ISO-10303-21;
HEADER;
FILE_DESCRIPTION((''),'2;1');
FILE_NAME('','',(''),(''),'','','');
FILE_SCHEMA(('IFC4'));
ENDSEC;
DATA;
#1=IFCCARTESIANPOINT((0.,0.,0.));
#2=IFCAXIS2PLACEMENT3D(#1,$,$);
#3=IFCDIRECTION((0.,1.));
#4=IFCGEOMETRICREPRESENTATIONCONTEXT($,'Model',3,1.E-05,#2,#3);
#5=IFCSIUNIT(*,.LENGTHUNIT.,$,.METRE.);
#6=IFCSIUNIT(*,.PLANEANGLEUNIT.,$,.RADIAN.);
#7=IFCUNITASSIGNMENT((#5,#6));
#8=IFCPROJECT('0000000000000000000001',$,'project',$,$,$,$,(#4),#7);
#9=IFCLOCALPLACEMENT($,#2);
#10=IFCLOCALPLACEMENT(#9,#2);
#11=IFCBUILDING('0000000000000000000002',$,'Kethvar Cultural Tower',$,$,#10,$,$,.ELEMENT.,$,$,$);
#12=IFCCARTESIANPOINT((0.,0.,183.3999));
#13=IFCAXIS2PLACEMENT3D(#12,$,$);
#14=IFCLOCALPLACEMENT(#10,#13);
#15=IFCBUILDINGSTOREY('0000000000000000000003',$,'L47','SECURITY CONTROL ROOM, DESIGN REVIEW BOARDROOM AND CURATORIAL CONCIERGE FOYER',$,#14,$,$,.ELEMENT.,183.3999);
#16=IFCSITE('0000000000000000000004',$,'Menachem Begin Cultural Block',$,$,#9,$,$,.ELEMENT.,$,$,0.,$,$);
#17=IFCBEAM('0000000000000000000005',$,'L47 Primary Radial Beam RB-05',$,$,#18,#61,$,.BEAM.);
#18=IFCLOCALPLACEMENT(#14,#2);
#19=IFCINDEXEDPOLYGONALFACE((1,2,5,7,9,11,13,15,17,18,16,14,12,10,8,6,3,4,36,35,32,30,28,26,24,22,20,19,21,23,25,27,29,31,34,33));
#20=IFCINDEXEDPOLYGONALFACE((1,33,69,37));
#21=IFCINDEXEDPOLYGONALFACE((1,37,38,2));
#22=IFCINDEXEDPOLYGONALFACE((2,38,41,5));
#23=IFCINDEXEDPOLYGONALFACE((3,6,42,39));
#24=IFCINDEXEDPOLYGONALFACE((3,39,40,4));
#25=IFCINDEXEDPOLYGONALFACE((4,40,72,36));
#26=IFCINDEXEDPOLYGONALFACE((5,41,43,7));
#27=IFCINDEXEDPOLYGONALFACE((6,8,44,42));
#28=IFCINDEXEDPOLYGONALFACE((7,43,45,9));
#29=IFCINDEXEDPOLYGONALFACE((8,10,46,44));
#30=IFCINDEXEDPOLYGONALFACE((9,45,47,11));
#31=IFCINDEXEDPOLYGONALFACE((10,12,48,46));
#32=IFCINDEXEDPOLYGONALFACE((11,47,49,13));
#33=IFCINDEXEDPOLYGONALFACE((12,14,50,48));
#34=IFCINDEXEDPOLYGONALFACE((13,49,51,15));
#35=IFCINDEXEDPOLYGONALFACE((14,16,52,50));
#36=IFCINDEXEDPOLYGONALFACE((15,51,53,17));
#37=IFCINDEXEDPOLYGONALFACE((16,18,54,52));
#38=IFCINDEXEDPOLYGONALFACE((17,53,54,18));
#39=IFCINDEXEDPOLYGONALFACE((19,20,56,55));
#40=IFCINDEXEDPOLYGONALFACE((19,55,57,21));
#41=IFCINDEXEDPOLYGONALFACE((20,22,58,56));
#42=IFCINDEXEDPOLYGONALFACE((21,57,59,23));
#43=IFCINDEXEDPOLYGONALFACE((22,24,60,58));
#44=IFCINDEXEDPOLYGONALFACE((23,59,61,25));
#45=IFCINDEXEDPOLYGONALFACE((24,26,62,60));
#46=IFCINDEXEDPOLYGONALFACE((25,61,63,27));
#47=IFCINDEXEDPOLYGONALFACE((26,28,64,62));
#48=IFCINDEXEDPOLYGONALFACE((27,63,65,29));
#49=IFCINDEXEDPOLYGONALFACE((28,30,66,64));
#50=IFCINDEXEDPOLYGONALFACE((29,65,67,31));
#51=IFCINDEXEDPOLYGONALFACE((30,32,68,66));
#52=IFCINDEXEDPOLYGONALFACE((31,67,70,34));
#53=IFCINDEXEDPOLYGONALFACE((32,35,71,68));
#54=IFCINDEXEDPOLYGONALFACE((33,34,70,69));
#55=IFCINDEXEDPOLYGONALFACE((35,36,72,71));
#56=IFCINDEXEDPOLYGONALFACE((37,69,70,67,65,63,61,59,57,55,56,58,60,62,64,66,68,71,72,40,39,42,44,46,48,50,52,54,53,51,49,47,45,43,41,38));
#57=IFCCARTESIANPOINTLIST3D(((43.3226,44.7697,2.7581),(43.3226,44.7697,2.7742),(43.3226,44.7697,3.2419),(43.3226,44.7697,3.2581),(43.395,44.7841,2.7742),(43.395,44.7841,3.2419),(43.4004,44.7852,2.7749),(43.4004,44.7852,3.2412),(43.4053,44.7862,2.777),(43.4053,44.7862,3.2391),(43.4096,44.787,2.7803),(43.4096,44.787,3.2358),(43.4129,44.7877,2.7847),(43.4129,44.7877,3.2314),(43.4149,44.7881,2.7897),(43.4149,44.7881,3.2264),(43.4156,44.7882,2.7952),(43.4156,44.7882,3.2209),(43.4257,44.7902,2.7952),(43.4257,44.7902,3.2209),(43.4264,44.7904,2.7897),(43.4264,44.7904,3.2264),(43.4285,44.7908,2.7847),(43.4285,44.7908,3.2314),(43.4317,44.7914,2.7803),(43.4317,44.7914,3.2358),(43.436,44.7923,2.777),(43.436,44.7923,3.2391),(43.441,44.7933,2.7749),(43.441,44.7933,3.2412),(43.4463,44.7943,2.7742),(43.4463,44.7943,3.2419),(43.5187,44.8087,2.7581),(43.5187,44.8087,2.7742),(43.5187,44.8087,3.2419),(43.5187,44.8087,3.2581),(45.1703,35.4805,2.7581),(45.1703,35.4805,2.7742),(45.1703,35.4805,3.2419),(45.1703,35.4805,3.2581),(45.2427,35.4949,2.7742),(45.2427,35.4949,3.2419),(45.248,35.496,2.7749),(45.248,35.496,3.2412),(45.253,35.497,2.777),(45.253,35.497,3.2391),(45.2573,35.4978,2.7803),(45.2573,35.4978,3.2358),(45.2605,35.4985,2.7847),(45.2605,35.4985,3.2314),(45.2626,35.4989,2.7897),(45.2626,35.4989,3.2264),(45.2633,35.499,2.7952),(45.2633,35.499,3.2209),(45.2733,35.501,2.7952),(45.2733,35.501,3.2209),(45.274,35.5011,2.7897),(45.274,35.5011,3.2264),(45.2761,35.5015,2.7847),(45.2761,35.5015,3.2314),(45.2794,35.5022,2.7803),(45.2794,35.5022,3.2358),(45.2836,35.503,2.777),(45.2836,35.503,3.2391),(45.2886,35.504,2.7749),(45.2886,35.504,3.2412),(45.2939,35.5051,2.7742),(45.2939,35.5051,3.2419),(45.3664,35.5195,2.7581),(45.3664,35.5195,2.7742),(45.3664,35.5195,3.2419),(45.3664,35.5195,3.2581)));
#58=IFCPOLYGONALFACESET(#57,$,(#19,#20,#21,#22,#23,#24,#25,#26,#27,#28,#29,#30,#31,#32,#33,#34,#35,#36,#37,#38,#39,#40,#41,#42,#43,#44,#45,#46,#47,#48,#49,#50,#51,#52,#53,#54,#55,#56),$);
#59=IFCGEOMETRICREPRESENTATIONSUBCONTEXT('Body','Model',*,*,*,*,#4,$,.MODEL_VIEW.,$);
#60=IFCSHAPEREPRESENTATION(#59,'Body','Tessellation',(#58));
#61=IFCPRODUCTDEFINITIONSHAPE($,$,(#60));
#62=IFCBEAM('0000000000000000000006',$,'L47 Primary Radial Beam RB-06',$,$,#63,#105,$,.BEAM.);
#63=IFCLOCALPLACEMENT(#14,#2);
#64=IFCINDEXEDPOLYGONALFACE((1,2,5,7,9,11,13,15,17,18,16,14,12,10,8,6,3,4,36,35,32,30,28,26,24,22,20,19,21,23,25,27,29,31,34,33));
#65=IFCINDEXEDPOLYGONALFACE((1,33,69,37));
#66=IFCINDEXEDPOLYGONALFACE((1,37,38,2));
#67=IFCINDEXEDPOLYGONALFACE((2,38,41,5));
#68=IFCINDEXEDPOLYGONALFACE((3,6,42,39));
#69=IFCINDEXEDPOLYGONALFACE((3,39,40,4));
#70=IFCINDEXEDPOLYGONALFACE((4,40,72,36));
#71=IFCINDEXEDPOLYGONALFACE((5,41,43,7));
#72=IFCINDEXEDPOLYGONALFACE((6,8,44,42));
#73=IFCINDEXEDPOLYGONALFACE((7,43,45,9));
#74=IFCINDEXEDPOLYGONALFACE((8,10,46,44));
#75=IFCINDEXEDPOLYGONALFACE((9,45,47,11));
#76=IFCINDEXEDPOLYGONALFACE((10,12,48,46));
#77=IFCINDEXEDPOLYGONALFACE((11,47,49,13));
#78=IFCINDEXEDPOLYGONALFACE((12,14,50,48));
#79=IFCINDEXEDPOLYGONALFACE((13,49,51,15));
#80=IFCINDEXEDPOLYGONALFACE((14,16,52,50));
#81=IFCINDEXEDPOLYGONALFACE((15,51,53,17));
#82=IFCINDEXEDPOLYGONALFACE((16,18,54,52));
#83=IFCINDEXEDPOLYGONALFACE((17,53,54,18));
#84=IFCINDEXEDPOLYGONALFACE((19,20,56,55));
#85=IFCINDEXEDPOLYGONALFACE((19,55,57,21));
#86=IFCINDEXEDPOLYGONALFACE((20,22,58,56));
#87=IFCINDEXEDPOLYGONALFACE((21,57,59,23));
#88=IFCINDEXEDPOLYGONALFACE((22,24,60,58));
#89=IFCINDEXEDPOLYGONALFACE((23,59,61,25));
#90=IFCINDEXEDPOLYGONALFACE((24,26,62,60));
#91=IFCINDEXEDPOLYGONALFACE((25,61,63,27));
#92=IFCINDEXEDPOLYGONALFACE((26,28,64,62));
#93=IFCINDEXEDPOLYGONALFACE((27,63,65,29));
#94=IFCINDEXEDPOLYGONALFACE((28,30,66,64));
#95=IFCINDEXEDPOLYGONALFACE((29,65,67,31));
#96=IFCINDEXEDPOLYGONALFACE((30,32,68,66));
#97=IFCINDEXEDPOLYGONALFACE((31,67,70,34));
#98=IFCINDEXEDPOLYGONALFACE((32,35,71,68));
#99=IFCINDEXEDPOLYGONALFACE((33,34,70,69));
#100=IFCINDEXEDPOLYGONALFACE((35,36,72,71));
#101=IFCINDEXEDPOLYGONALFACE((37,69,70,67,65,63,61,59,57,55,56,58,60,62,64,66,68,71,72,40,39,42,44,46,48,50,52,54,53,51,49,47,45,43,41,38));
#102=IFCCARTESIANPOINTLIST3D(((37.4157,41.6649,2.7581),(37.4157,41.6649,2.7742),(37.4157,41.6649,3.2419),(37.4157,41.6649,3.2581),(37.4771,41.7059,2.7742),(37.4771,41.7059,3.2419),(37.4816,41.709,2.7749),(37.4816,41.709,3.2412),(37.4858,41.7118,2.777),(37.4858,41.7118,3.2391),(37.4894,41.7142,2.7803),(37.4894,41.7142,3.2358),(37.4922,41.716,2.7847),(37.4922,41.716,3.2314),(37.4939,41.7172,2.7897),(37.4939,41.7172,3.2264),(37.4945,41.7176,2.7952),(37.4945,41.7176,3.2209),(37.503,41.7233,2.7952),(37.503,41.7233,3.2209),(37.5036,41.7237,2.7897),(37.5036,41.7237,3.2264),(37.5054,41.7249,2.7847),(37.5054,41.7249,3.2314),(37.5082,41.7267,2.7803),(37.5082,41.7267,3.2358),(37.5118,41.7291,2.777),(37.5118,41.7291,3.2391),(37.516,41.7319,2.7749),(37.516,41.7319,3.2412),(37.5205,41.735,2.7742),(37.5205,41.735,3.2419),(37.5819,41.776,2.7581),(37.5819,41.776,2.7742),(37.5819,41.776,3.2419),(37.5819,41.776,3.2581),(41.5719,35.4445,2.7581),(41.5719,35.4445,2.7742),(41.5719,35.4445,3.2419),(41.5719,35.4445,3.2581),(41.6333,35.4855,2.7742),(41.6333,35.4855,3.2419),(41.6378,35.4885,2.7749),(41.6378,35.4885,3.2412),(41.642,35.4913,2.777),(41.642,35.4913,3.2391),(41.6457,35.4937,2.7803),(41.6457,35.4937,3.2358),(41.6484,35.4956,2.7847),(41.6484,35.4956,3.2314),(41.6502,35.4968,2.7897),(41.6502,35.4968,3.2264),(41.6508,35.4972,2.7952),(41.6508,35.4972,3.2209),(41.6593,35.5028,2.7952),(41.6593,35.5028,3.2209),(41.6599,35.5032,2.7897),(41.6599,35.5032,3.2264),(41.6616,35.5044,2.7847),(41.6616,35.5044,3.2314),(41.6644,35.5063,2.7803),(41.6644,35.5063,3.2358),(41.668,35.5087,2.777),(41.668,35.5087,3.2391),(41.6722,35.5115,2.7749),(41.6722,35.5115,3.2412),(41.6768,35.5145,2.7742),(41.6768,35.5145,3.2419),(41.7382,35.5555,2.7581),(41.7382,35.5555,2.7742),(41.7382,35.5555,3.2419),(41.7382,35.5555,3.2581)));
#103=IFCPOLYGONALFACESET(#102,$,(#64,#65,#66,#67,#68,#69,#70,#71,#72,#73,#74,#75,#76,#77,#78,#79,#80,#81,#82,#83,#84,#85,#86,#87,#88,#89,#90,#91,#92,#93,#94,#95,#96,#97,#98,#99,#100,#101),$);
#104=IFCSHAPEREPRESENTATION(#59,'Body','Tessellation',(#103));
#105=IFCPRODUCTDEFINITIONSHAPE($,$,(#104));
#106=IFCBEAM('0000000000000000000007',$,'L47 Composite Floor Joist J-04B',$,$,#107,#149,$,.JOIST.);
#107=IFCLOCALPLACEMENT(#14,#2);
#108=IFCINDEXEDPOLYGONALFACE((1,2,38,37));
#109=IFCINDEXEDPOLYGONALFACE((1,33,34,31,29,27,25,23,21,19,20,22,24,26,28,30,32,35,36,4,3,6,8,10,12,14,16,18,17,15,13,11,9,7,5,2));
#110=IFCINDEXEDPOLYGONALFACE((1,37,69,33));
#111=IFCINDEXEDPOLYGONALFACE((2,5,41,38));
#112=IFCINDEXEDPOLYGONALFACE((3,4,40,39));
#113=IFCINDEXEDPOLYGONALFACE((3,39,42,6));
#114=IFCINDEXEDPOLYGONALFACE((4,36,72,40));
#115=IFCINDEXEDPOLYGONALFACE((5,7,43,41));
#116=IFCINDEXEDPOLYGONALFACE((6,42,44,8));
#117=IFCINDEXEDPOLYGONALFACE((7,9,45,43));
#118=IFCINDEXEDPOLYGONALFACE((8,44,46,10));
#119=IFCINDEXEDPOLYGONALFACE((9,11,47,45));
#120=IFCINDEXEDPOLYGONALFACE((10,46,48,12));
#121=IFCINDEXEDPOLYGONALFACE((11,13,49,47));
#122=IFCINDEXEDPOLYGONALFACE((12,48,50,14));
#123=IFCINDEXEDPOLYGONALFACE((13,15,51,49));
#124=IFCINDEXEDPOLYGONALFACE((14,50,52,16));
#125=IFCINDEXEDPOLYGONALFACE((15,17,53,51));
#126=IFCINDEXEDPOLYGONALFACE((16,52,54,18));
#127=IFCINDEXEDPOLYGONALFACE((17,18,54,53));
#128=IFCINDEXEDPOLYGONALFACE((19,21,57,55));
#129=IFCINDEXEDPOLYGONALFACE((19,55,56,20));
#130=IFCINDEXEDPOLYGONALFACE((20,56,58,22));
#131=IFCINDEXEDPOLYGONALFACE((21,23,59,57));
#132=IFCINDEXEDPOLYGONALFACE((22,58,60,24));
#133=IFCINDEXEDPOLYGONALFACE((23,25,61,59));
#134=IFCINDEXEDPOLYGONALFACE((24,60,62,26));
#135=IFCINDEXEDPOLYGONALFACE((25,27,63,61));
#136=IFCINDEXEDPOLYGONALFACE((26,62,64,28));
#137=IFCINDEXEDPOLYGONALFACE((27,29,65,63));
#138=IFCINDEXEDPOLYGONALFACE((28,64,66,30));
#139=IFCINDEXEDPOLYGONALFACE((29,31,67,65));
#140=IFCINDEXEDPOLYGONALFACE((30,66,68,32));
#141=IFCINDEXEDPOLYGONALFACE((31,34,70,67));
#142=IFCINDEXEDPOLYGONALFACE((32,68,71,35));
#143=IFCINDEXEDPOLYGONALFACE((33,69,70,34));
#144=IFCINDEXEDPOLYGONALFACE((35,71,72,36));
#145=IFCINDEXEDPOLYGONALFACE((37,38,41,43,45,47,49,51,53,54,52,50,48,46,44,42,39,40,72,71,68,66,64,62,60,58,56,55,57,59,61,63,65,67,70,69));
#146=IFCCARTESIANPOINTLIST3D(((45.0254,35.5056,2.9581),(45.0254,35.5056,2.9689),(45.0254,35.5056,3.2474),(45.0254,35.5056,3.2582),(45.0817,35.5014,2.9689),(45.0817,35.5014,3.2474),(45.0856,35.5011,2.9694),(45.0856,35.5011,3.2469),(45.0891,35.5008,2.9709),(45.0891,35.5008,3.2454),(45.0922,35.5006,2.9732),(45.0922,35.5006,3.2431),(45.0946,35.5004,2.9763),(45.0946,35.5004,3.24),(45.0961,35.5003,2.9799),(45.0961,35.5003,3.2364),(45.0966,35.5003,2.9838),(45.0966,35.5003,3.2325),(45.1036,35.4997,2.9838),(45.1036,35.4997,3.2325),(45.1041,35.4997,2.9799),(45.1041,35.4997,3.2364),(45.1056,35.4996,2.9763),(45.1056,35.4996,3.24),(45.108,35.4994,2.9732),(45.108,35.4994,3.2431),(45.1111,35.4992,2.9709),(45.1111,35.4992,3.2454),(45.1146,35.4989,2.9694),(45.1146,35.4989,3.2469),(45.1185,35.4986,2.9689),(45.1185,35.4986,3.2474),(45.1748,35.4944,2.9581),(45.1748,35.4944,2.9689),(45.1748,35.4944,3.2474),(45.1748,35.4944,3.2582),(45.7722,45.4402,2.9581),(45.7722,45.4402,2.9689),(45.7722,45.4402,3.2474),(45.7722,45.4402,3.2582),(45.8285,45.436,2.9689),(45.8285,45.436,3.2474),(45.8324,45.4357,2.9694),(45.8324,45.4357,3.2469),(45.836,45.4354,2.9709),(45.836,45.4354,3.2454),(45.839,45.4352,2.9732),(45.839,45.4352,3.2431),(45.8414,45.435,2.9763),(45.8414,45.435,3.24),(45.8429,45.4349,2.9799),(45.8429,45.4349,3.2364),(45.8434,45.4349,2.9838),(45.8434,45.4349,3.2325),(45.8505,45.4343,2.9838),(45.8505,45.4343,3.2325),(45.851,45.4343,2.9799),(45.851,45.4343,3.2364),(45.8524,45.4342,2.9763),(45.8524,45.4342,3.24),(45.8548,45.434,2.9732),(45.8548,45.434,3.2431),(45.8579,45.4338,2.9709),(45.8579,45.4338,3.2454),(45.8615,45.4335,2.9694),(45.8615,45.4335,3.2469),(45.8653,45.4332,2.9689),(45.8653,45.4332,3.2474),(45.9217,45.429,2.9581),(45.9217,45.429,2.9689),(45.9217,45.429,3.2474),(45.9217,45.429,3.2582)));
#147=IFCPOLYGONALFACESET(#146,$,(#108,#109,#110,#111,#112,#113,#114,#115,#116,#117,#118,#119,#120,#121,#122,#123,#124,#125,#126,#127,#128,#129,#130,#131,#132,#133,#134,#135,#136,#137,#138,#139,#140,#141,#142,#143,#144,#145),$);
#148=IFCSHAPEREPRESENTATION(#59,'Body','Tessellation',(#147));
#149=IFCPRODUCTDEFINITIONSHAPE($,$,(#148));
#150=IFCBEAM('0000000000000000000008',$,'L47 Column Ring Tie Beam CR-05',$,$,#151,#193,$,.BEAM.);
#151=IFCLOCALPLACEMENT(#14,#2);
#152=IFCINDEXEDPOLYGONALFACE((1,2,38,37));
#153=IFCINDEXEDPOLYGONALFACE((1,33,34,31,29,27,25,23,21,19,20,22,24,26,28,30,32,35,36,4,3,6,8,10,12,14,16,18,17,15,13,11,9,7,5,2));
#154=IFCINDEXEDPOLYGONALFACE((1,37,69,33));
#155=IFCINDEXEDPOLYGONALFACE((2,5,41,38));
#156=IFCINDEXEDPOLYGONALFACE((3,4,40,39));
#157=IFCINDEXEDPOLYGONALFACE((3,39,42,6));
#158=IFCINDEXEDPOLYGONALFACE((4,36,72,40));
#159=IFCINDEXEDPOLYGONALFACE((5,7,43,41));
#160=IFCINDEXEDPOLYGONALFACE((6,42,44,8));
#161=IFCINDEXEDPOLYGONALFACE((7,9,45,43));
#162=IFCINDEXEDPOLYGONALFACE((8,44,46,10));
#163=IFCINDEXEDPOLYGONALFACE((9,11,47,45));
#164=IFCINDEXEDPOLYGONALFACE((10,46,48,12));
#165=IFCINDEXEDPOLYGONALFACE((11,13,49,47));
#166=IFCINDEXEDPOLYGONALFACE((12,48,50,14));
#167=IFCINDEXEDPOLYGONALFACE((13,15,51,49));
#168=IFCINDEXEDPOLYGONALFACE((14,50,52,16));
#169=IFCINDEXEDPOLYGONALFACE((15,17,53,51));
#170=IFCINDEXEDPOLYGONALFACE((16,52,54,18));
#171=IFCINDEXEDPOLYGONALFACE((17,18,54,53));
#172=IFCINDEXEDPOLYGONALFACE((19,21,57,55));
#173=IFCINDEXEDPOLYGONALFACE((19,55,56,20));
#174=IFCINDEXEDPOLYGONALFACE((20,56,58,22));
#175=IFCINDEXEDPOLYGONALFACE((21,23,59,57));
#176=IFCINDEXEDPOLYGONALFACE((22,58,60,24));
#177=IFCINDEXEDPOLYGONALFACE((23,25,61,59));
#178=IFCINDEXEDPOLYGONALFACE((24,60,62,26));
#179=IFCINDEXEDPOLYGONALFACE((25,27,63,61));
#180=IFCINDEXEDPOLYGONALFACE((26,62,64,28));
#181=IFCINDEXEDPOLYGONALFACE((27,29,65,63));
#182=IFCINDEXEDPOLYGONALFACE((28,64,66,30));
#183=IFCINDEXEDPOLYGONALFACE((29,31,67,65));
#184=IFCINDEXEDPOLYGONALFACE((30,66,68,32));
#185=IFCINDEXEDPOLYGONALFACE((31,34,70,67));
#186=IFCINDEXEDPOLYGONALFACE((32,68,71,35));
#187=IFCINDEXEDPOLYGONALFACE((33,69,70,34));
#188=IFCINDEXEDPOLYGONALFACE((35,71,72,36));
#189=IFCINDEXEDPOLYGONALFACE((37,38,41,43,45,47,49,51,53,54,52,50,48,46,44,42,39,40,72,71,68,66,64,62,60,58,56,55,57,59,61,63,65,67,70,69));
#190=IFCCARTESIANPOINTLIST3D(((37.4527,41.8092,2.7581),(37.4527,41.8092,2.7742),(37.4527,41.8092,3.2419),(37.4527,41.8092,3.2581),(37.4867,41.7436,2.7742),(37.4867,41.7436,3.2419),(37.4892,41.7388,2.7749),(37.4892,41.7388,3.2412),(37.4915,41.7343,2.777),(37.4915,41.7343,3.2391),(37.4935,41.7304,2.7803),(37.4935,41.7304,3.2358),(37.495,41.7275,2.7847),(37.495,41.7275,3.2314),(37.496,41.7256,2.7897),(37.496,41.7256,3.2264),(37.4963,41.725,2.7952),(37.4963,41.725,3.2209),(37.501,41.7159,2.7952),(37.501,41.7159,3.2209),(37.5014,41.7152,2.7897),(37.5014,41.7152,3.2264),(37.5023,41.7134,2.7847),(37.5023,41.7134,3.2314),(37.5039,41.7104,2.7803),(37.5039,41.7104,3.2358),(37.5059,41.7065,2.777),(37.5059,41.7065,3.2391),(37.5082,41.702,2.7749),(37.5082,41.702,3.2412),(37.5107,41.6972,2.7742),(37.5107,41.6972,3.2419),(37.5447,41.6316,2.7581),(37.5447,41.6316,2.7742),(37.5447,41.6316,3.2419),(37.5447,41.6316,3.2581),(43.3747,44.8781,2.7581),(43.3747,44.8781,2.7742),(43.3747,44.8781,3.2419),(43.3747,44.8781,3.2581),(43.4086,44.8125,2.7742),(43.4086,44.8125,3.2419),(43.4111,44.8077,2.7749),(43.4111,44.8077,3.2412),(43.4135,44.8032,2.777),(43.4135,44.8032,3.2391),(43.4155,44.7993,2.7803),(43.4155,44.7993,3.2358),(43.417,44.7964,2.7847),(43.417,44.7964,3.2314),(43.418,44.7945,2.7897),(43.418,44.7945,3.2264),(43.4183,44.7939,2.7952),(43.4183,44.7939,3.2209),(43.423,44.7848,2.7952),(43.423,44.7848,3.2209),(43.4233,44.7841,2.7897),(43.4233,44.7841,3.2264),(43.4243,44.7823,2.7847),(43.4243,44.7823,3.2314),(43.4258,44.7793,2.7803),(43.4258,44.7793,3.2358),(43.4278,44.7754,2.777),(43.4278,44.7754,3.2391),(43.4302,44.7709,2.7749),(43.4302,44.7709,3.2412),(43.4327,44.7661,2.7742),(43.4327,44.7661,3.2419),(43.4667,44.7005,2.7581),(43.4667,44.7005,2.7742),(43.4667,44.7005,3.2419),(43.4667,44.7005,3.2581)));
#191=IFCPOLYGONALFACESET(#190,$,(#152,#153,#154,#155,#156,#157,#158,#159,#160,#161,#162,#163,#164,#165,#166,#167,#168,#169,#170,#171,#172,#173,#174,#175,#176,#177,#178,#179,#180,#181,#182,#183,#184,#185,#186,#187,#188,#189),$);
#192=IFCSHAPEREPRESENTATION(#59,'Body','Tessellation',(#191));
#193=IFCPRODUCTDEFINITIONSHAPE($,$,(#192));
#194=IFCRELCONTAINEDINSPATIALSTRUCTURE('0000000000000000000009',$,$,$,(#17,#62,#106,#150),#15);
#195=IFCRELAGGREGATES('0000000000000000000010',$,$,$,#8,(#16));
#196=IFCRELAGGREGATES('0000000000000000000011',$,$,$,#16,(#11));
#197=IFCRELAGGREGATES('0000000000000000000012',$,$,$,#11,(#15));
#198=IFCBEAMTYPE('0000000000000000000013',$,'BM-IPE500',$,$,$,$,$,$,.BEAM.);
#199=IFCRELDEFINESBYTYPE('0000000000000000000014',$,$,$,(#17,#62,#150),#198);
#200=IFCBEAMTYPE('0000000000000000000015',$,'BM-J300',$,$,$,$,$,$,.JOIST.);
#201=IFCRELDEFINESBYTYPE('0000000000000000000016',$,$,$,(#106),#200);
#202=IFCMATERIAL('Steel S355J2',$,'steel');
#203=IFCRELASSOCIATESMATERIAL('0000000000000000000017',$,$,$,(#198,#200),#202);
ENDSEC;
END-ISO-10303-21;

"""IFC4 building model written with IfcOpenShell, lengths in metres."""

from ifc_helpers import new_model, si_unit, direction, frame, origin, origin_2d, place, context, subcontext, project, spatial, i_section, extrude, source, transform, mapped, material, material_profile, profile_set, type_object, element, save


model = new_model("IFC4")

# Units and contexts
model_context = context("Model", 3, precision=1e-05, world=origin(), true_north=direction((0.0, 1.0)))
body_context = subcontext(model_context, "Body", "Model", "MODEL_VIEW")
ifc_project = project(units=[si_unit("LENGTHUNIT", "METRE"), si_unit("PLANEANGLEUNIT", "RADIAN")], contexts=[model_context])

# Site, building, storey
site_placement = place(None, origin())
site = spatial("IfcSite", under=ifc_project, at=site_placement, Name="Menachem Begin Cultural Block", CompositionType="ELEMENT", RefElevation=0.0)
building_placement = place(site_placement, origin())
building = spatial("IfcBuilding", under=site, at=building_placement, Name="Kethvar Cultural Tower", CompositionType="ELEMENT")
storey_placement = place(building_placement, frame((0.0, 0.0, 183.3999)))
storey = spatial("IfcBuildingStorey", under=building, at=storey_placement, Name="L47", Description="SECURITY CONTROL ROOM, DESIGN REVIEW BOARDROOM AND CURATORIAL CONCIERGE FOYER", CompositionType="ELEMENT", Elevation=183.3999)

# Beams
ifc_material_1 = material(Name="Steel S355J2", Category="steel")
ifc_material_profile_1 = material_profile(ifc_material_1, i_section(OverallWidth=0.2, OverallDepth=0.5, WebThickness=0.0103, FlangeThickness=0.0161, FilletRadius=0.021, at=origin_2d()), Name="Steel S355J2 — IPE500")
ifc_profile_set_1 = profile_set([ifc_material_profile_1], Name="Steel S355J2 — IPE500")
beam_type_1 = type_object("IfcBeamType", Name="BM-IPE500", PredefinedType="BEAM", material=ifc_profile_set_1)
shared_shape_1 = source(origin(), body_context, "Body", "SweptSolid", [
    extrude(i_section(OverallWidth=0.2, OverallDepth=0.5, WebThickness=0.0103, FlangeThickness=0.0161, FilletRadius=0.021, at=origin_2d()), origin(), (0.0, 0.0, 1.0), 9.4712),
])
beam_1_placement = place(storey_placement, frame((45.2683, 35.5, 3.0081), z_axis=(-0.19508, 0.980787, 0.0), x_axis=(-0.980787, -0.19508, 0.0)))
element("IfcBeam", 1, at=beam_1_placement, inside=storey, type_object=beam_type_1, Name="L47 Primary Radial Beam RB-05", PredefinedType="BEAM", context=body_context, shape_type="MappedRepresentation", body=[
    mapped(shared_shape_1, transform((0.0, 0.0, 0.0), scale=1.0)),
])
shared_shape_2 = source(origin(), body_context, "Body", "SweptSolid", [
    extrude(i_section(OverallWidth=0.2, OverallDepth=0.5, WebThickness=0.0103, FlangeThickness=0.0161, FilletRadius=0.021, at=origin_2d()), origin(), (0.0, 0.0, 1.0), 7.4812),
])
beam_2_placement = place(storey_placement, frame((41.655, 35.5, 3.0081), z_axis=(-0.555558, 0.831478, 0.0), x_axis=(-0.831478, -0.555558, 0.0)))
element("IfcBeam", 2, at=beam_2_placement, inside=storey, type_object=beam_type_1, Name="L47 Primary Radial Beam RB-06", PredefinedType="BEAM", context=body_context, shape_type="MappedRepresentation", body=[
    mapped(shared_shape_2, transform((0.0, 0.0, 0.0), scale=1.0)),
])
ifc_material_profile_2 = material_profile(ifc_material_1, i_section(OverallWidth=0.1499, OverallDepth=0.3, WebThickness=0.0071, FlangeThickness=0.0107, FilletRadius=0.0149, at=origin_2d()), Name="Steel S355J2 — IPE300")
ifc_profile_set_2 = profile_set([ifc_material_profile_2], Name="Steel S355J2 — IPE300")
beam_type_2 = type_object("IfcBeamType", Name="BM-J300", PredefinedType="JOIST", material=ifc_profile_set_2)
shared_shape_3 = source(origin(), body_context, "Body", "SweptSolid", [
    extrude(i_section(OverallWidth=0.1499, OverallDepth=0.3, WebThickness=0.0071, FlangeThickness=0.0107, FilletRadius=0.0149, at=origin_2d()), origin(), (0.0, 0.0, 1.0), 9.9626),
])
beam_3_placement = place(storey_placement, frame((45.1001, 35.5, 3.1082), z_axis=(0.074963, 0.997186, 0.0), x_axis=(-0.997186, 0.074963, 0.0)))
element("IfcBeam", 3, at=beam_3_placement, inside=storey, type_object=beam_type_2, Name="L47 Composite Floor Joist J-04B", PredefinedType="JOIST", context=body_context, shape_type="MappedRepresentation", body=[
    mapped(shared_shape_3, transform((0.0, 0.0, 0.0), scale=1.0)),
])
shared_shape_4 = source(origin(), body_context, "Body", "SweptSolid", [
    extrude(i_section(OverallWidth=0.2, OverallDepth=0.5, WebThickness=0.0103, FlangeThickness=0.0161, FilletRadius=0.021, at=origin_2d()), origin(), (0.0, 0.0, 1.0), 6.6699),
])
beam_4_placement = place(storey_placement, frame((43.4207, 44.7893, 3.0081), z_axis=(-0.887862, -0.46011, 0.0), x_axis=(0.46011, -0.887862, 0.0)))
element("IfcBeam", 4, at=beam_4_placement, inside=storey, type_object=beam_type_1, Name="L47 Column Ring Tie Beam CR-05", PredefinedType="BEAM", context=body_context, shape_type="MappedRepresentation", body=[
    mapped(shared_shape_4, transform((0.0, 0.0, 0.0), scale=1.0)),
])

save(model, "model.ifc")
